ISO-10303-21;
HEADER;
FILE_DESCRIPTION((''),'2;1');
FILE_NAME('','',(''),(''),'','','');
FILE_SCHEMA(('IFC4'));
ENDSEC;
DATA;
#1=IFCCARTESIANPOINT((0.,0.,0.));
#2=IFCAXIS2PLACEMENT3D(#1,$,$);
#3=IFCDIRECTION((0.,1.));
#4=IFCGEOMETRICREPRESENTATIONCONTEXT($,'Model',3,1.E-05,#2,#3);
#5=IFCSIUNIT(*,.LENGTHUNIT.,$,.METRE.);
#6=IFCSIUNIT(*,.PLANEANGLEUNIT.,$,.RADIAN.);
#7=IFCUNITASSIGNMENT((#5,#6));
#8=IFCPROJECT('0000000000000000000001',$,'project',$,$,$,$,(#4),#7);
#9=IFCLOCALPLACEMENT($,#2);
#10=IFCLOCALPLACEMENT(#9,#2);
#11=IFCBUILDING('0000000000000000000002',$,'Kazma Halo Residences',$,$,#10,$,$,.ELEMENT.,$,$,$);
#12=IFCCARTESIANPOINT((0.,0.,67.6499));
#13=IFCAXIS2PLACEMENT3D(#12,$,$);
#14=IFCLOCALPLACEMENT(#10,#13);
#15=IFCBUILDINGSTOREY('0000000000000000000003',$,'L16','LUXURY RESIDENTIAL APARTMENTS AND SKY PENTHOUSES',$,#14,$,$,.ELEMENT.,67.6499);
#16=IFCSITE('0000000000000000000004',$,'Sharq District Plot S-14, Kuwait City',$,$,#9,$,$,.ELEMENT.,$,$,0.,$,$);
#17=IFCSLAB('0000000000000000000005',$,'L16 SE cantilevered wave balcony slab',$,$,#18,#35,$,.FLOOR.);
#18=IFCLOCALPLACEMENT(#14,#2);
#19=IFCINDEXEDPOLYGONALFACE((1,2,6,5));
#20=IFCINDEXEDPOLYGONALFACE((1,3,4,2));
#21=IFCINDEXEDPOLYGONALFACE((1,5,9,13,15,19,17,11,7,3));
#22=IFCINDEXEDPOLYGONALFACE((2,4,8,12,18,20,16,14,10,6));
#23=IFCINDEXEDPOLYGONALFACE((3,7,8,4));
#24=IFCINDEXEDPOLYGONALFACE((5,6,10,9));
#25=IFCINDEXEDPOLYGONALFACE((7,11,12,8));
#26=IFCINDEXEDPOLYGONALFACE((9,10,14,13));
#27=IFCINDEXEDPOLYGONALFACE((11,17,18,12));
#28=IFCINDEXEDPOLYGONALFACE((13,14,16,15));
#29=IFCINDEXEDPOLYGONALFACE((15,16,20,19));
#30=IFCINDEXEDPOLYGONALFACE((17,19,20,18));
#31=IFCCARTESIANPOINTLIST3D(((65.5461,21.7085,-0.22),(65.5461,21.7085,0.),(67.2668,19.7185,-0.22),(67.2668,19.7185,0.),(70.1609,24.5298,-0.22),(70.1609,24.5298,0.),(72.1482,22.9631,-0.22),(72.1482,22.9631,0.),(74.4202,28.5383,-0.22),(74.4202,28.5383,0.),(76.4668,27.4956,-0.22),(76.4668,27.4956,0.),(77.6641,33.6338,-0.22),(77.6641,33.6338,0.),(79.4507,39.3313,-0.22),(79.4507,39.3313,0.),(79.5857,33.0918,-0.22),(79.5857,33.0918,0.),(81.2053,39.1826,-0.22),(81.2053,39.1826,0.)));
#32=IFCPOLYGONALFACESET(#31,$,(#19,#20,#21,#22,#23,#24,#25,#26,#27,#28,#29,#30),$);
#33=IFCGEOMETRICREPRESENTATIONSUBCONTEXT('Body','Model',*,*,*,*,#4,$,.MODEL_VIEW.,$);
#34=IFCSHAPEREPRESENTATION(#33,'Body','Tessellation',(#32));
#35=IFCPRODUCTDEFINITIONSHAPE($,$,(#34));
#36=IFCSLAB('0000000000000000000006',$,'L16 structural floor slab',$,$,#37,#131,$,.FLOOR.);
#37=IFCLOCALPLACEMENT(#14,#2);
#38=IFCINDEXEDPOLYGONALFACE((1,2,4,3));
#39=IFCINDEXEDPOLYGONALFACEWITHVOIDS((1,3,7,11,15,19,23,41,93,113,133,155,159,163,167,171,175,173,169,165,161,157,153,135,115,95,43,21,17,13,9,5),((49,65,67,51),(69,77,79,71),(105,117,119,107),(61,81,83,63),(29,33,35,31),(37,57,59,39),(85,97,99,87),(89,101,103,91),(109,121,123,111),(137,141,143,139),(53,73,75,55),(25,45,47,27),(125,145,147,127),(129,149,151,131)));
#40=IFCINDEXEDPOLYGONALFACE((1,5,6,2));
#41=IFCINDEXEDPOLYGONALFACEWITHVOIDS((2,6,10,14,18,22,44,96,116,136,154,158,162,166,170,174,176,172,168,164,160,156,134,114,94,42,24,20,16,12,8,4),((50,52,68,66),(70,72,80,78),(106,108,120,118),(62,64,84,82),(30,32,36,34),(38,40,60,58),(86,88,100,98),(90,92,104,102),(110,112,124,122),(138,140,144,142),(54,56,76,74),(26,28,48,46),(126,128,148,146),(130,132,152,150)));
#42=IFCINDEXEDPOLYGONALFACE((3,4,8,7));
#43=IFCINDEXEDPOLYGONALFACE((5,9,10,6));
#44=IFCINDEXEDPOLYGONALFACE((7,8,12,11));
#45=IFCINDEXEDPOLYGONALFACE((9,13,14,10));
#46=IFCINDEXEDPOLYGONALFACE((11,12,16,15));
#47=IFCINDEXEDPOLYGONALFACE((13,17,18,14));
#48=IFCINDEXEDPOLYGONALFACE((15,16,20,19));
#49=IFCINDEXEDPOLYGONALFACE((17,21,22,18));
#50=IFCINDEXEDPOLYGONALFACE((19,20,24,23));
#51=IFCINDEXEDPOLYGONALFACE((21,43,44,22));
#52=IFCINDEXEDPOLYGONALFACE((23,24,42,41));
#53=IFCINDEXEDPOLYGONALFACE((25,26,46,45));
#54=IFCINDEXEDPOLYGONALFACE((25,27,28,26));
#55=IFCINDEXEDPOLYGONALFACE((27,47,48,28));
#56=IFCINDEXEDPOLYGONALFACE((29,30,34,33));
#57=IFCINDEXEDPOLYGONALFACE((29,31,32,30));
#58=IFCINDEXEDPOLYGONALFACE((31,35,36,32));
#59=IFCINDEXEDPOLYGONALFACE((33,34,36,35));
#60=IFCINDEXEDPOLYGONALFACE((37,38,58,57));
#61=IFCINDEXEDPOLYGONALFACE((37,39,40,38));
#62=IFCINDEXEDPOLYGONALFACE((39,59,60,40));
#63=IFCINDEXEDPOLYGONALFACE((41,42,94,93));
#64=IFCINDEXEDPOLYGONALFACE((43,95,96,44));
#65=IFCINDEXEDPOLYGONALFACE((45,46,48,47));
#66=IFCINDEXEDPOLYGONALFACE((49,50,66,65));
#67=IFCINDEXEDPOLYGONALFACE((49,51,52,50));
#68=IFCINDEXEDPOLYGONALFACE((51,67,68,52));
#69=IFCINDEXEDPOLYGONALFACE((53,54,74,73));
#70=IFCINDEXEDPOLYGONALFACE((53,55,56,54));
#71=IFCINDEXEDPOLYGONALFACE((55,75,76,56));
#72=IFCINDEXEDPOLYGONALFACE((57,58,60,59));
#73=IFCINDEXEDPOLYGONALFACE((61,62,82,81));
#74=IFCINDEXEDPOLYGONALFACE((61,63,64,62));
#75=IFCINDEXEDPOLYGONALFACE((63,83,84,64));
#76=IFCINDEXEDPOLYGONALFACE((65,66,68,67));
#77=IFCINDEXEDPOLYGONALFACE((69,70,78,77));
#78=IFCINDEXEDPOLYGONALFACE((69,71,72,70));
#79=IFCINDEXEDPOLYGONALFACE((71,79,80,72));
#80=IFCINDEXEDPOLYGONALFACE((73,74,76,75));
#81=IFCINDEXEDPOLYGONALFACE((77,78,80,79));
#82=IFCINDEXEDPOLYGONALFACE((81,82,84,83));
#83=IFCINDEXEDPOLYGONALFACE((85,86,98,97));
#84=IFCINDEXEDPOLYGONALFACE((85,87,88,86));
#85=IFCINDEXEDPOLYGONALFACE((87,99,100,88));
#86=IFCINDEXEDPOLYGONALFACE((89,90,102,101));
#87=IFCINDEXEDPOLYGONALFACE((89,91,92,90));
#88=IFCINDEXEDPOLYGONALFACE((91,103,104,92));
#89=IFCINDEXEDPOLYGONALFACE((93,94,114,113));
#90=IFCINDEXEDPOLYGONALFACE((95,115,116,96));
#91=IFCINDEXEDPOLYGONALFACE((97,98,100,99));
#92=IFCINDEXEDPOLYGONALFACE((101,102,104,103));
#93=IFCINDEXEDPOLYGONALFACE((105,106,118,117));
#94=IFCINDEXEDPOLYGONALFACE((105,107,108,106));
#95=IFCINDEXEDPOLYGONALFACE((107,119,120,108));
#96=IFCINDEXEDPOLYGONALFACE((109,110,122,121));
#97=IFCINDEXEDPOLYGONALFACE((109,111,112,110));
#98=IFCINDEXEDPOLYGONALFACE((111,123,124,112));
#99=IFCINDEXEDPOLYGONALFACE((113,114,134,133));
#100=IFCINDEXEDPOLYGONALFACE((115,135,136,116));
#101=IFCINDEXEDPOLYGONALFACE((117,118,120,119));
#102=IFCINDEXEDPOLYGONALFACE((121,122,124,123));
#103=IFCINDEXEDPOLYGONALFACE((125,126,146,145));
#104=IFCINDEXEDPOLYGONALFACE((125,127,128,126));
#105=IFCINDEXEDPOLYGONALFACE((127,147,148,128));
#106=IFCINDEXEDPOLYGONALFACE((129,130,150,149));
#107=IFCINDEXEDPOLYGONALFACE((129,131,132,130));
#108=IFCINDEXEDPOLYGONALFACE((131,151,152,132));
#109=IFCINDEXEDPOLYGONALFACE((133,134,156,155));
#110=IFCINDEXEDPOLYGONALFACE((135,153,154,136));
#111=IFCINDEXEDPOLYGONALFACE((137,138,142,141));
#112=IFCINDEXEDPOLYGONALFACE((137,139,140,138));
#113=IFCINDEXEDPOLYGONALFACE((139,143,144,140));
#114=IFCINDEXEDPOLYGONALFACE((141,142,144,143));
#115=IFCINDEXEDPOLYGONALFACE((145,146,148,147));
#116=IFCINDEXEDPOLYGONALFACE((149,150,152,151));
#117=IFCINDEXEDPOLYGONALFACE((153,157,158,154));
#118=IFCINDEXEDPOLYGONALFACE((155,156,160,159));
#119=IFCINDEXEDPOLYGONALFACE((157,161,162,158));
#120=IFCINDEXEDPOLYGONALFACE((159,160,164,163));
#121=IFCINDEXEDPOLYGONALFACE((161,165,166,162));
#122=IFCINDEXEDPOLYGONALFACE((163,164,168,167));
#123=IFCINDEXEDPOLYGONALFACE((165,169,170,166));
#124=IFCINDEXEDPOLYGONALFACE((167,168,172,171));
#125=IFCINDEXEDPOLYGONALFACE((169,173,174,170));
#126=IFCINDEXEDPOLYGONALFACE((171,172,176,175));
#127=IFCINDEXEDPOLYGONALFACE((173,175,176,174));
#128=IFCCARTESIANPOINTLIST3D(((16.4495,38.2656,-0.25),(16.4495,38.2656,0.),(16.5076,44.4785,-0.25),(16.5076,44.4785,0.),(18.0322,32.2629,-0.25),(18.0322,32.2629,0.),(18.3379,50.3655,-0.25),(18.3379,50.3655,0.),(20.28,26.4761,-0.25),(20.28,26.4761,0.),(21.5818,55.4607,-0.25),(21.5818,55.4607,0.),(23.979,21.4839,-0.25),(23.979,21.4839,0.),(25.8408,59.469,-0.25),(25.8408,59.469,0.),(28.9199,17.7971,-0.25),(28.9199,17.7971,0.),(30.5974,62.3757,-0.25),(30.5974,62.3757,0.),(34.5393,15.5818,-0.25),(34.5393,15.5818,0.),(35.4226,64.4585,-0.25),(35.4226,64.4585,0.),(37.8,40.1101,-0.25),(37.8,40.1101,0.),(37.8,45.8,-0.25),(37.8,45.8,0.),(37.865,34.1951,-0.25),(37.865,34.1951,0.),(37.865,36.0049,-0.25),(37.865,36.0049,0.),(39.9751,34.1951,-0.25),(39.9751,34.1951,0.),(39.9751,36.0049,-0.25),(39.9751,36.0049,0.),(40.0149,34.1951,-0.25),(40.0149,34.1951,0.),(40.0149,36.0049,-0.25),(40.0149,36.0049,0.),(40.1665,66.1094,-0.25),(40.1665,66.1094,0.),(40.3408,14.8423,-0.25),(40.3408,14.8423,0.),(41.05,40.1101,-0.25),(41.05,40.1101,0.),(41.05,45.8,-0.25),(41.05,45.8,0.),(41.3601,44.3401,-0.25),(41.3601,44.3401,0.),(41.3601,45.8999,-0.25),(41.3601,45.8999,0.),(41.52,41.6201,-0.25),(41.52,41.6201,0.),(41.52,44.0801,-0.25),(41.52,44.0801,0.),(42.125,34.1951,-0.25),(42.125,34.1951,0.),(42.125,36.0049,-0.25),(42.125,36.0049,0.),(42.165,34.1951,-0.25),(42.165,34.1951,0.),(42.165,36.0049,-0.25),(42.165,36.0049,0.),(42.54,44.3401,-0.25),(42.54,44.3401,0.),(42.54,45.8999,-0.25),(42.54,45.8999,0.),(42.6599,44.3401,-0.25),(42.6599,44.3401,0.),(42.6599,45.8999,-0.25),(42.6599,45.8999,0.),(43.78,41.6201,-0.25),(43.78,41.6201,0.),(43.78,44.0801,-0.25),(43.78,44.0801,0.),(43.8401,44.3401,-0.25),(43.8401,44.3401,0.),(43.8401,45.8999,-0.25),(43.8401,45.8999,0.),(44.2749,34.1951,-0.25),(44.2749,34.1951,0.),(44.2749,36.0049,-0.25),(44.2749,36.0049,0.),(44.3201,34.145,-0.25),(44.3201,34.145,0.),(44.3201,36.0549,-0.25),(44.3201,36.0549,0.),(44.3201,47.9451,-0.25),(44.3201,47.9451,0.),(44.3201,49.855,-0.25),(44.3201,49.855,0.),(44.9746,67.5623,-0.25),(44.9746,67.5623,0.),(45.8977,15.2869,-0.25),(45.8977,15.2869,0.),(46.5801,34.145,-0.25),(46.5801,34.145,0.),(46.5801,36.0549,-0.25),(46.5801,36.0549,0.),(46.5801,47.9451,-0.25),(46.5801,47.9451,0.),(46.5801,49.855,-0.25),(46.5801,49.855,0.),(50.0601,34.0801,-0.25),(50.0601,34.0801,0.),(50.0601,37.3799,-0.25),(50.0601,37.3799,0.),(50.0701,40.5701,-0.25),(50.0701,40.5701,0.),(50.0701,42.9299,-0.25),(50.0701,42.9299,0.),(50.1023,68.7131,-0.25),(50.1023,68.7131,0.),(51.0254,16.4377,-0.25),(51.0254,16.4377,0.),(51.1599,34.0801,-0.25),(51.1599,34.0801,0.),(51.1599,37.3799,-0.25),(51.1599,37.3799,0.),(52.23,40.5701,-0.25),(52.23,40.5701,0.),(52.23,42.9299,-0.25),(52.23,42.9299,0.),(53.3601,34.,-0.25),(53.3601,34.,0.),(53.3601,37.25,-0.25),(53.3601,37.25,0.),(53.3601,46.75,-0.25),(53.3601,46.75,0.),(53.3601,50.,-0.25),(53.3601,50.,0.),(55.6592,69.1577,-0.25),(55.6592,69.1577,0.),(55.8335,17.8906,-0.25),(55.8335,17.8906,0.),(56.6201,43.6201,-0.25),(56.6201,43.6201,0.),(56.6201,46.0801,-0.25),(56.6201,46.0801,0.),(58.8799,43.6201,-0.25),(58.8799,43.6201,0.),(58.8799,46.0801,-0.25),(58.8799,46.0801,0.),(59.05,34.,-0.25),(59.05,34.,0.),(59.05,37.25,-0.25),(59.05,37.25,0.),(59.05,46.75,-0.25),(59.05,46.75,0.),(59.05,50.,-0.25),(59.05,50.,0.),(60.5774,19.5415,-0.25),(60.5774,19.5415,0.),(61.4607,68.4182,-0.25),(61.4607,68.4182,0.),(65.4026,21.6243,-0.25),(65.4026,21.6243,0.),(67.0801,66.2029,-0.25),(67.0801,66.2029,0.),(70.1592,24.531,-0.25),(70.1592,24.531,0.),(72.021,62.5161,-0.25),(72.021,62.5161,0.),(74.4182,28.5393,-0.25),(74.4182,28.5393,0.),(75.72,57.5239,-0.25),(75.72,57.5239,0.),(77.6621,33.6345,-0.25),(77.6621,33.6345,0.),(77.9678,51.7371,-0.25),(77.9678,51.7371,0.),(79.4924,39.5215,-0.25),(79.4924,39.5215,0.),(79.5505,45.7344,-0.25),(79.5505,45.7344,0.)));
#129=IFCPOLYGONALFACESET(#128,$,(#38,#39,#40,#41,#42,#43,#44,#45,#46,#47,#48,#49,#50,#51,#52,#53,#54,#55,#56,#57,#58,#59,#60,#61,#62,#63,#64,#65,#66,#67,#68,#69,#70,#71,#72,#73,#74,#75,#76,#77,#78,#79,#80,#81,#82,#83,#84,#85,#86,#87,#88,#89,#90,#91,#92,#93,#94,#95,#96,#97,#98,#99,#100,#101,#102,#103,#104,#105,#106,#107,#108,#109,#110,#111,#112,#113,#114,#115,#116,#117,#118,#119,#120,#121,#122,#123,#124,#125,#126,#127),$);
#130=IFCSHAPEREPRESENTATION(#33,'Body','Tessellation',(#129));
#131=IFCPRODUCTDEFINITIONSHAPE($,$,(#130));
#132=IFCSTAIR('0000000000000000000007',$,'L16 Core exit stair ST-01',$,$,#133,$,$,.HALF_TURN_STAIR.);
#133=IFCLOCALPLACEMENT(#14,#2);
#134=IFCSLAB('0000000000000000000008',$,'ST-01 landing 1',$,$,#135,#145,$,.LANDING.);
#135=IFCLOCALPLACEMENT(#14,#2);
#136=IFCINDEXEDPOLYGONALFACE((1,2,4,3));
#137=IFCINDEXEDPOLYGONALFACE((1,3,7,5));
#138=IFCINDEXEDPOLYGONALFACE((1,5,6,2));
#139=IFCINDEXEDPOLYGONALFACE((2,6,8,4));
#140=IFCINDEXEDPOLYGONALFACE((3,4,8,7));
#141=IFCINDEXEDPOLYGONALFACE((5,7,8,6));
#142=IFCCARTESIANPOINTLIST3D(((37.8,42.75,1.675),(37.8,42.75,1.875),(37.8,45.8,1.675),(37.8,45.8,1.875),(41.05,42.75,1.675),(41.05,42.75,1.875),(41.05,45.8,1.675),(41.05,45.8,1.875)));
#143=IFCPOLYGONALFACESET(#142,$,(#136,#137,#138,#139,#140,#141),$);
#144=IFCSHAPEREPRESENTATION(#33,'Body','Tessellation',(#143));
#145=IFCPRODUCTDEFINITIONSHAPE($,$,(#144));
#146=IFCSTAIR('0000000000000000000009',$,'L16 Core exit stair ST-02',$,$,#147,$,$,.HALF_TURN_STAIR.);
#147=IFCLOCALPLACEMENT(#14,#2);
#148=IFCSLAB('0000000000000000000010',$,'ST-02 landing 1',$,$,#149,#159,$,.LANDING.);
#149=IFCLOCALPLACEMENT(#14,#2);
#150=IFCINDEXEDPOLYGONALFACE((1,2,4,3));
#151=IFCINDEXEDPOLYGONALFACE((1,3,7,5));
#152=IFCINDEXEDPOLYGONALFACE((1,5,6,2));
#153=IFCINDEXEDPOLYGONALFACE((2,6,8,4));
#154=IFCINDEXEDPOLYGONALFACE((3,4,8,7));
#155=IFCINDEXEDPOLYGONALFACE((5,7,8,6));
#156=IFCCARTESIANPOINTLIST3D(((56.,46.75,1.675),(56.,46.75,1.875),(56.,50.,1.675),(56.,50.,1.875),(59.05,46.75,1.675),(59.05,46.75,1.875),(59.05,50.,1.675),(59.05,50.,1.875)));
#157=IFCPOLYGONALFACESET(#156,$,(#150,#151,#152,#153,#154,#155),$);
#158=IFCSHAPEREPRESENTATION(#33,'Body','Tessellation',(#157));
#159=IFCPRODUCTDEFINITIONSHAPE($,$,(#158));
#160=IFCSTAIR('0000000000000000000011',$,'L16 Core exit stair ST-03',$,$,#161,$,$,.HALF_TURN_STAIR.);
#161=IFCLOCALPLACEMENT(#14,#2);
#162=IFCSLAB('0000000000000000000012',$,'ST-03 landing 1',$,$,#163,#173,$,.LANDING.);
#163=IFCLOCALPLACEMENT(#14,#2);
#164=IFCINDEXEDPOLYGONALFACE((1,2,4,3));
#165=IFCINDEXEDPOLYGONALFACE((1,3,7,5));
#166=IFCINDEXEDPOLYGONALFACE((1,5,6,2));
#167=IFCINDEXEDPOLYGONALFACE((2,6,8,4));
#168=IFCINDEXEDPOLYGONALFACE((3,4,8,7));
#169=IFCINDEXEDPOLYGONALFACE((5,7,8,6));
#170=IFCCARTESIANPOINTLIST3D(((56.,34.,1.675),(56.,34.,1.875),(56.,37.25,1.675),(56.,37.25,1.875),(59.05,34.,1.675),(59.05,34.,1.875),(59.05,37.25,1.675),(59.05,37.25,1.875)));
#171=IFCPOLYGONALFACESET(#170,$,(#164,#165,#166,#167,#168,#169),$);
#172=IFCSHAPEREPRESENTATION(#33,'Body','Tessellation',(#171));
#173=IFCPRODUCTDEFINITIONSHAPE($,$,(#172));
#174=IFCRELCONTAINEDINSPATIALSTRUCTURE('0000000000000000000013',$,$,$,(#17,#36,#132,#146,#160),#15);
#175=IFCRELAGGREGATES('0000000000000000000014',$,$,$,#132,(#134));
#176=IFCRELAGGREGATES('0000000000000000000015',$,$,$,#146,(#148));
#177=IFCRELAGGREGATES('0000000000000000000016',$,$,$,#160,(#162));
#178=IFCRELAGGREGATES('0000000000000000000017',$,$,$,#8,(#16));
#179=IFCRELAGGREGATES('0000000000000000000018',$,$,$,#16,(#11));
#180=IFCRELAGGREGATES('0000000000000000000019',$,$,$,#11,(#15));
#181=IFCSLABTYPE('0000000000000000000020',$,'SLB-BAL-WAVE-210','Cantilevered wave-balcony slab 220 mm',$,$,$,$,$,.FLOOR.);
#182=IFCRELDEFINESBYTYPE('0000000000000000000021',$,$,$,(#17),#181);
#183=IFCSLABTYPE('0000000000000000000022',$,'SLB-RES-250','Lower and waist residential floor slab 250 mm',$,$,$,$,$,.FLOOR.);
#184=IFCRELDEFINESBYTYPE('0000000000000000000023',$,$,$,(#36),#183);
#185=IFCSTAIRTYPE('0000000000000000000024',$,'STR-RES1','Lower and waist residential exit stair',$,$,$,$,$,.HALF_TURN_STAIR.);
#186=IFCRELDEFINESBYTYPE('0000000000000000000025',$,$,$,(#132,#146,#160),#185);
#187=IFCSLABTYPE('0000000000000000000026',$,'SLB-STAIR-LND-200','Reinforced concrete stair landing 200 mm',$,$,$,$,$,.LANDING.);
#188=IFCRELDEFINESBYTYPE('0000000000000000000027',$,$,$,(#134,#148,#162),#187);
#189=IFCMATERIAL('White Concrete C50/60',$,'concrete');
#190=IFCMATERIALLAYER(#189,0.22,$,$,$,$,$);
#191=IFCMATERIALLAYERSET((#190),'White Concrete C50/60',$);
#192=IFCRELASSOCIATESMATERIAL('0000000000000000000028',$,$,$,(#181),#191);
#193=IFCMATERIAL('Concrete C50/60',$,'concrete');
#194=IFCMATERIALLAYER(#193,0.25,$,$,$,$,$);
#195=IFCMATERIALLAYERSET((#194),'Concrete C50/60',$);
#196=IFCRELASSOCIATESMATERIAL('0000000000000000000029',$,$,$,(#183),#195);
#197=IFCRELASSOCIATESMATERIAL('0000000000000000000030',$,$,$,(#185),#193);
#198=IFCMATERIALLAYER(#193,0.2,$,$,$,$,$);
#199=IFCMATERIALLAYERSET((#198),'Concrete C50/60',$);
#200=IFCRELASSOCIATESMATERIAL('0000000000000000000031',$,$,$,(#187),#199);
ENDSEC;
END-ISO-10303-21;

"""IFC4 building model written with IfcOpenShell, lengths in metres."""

from ifc_helpers import new_model, si_unit, direction, frame, origin, place, context, subcontext, project, spatial, polyline, outline, extrude, material, layer, layer_set, type_object, element, aggregate, save


model = new_model("IFC4")

# Units and contexts
model_context = context("Model", 3, precision=1e-05, world=origin(), true_north=direction((0.0, 1.0)))
body_context = subcontext(model_context, "Body", "Model", "MODEL_VIEW")
ifc_project = project(units=[si_unit("LENGTHUNIT", "METRE"), si_unit("PLANEANGLEUNIT", "RADIAN")], contexts=[model_context])

# Site, building, storey
site_placement = place(None, origin())
site = spatial("IfcSite", under=ifc_project, at=site_placement, Name="Sharq District Plot S-14, Kuwait City", CompositionType="ELEMENT", RefElevation=0.0)
building_placement = place(site_placement, origin())
building = spatial("IfcBuilding", under=site, at=building_placement, Name="Kazma Halo Residences", CompositionType="ELEMENT")
storey_placement = place(building_placement, frame((0.0, 0.0, 67.6499)))
storey = spatial("IfcBuildingStorey", under=building, at=storey_placement, Name="L16", Description="LUXURY RESIDENTIAL APARTMENTS AND SKY PENTHOUSES", CompositionType="ELEMENT", Elevation=67.6499)

# Slabs
ifc_material_1 = material(Name="White Concrete C50/60", Category="concrete")
ifc_layer_1 = layer(ifc_material_1, 0.22)
ifc_layer_set_1 = layer_set([ifc_layer_1], Name="White Concrete C50/60")
slab_type_1 = type_object("IfcSlabType", Name="SLB-BAL-WAVE-210", Description="Cantilevered wave-balcony slab 220 mm", PredefinedType="FLOOR", material=ifc_layer_set_1)
slab_1_placement = place(storey_placement, frame((0.0, 0.0, -0.22)))
element("IfcSlab", 1, at=slab_1_placement, inside=storey, type_object=slab_type_1, Name="L16 SE cantilevered wave balcony slab", PredefinedType="FLOOR", context=body_context, shape_type="SweptSolid", body=[
    extrude(outline(polyline([(65.5461, 21.7085), (70.1609, 24.5298), (74.4202, 28.5383), (77.6641, 33.6338), (79.4507, 39.3313), (81.2053, 39.1826), (79.5857, 33.0918), (76.4668, 27.4956), (72.1482, 22.9631), (67.2668, 19.7185), (65.5461, 21.7085)])), origin(), (0.0, 0.0, 1.0), 0.22),
])
ifc_material_2 = material(Name="Concrete C50/60", Category="concrete")
ifc_layer_2 = layer(ifc_material_2, 0.25)
ifc_layer_set_2 = layer_set([ifc_layer_2], Name="Concrete C50/60")
slab_type_2 = type_object("IfcSlabType", Name="SLB-RES-250", Description="Lower and waist residential floor slab 250 mm", PredefinedType="FLOOR", material=ifc_layer_set_2)
slab_2_placement = place(storey_placement, frame((0.0, 0.0, -0.25)))
element("IfcSlab", 2, at=slab_2_placement, inside=storey, type_object=slab_type_2, Name="L16 structural floor slab", PredefinedType="FLOOR", context=body_context, shape_type="SweptSolid", body=[
    extrude(outline(polyline([(77.9678, 51.7371), (75.72, 57.5239), (72.021, 62.5161), (67.0801, 66.2029), (61.4607, 68.4182), (55.6592, 69.1577), (50.1023, 68.7131), (44.9746, 67.5623), (40.1665, 66.1094), (35.4226, 64.4585), (30.5974, 62.3757), (25.8408, 59.469), (21.5818, 55.4607), (18.3379, 50.3655), (16.5076, 44.4785), (16.4495, 38.2656), (18.0322, 32.2629), (20.28, 26.4761), (23.979, 21.4839), (28.9199, 17.7971), (34.5393, 15.5818), (40.3408, 14.8423), (45.8977, 15.2869), (51.0254, 16.4377), (55.8335, 17.8906), (60.5774, 19.5415), (65.4026, 21.6243), (70.1592, 24.531), (74.4182, 28.5393), (77.6621, 33.6345), (79.4924, 39.5215), (79.5505, 45.7344), (77.9678, 51.7371)]), holes=[polyline([(37.8, 40.1101), (41.05, 40.1101), (41.05, 45.8), (37.8, 45.8), (37.8, 40.1101)]), polyline([(53.3601, 46.75), (59.05, 46.75), (59.05, 50.0), (53.3601, 50.0), (53.3601, 46.75)]), polyline([(53.3601, 34.0), (59.05, 34.0), (59.05, 37.25), (53.3601, 37.25), (53.3601, 34.0)]), polyline([(41.52, 41.6201), (43.78, 41.6201), (43.78, 44.0801), (41.52, 44.0801), (41.52, 41.6201)]), polyline([(56.6201, 43.6201), (58.8799, 43.6201), (58.8799, 46.0801), (56.6201, 46.0801), (56.6201, 43.6201)]), polyline([(37.865, 34.1951), (39.9751, 34.1951), (39.9751, 36.0049), (37.865, 36.0049), (37.865, 34.1951)]), polyline([(40.0149, 34.1951), (42.125, 34.1951), (42.125, 36.0049), (40.0149, 36.0049), (40.0149, 34.1951)]), polyline([(42.165, 34.1951), (44.2749, 34.1951), (44.2749, 36.0049), (42.165, 36.0049), (42.165, 34.1951)]), polyline([(44.3201, 47.9451), (46.5801, 47.9451), (46.5801, 49.855), (44.3201, 49.855), (44.3201, 47.9451)]), polyline([(44.3201, 34.145), (46.5801, 34.145), (46.5801, 36.0549), (44.3201, 36.0549), (44.3201, 34.145)]), polyline([(50.0701, 40.5701), (52.23, 40.5701), (52.23, 42.9299), (50.0701, 42.9299), (50.0701, 40.5701)]), polyline([(41.3601, 44.3401), (42.54, 44.3401), (42.54, 45.8999), (41.3601, 45.8999), (41.3601, 44.3401)]), polyline([(42.6599, 44.3401), (43.8401, 44.3401), (43.8401, 45.8999), (42.6599, 45.8999), (42.6599, 44.3401)]), polyline([(50.0601, 34.0801), (51.1599, 34.0801), (51.1599, 37.3799), (50.0601, 37.3799), (50.0601, 34.0801)])]), origin(), (0.0, 0.0, 1.0), 0.25),
])

# Stairs, slabs
stair_type = type_object("IfcStairType", Name="STR-RES1", Description="Lower and waist residential exit stair", PredefinedType="HALF_TURN_STAIR", material=ifc_material_2)
stair_1_placement = place(storey_placement, origin())
stair_1 = element("IfcStair", 3, at=stair_1_placement, inside=storey, type_object=stair_type, Name="L16 Core exit stair ST-01", PredefinedType="HALF_TURN_STAIR")
ifc_layer_3 = layer(ifc_material_2, 0.2)
ifc_layer_set_3 = layer_set([ifc_layer_3], Name="Concrete C50/60")
slab_type_3 = type_object("IfcSlabType", Name="SLB-STAIR-LND-200", Description="Reinforced concrete stair landing 200 mm", PredefinedType="LANDING", material=ifc_layer_set_3)
slab_3_placement = place(storey_placement, frame((0.0, 0.0, 1.675)))
slab_3 = element("IfcSlab", 4, at=slab_3_placement, type_object=slab_type_3, Name="ST-01 landing 1", PredefinedType="LANDING", context=body_context, shape_type="SweptSolid", body=[
    extrude(outline(polyline([(41.05, 42.75), (41.05, 45.8), (37.8, 45.8), (37.8, 42.75), (41.05, 42.75)])), origin(), (0.0, 0.0, 1.0), 0.2),
])
aggregate(stair_1, [slab_3])
stair_2_placement = place(storey_placement, origin())
stair_2 = element("IfcStair", 5, at=stair_2_placement, inside=storey, type_object=stair_type, Name="L16 Core exit stair ST-02", PredefinedType="HALF_TURN_STAIR")
slab_4_placement = place(storey_placement, frame((0.0, 0.0, 1.675)))
slab_4 = element("IfcSlab", 6, at=slab_4_placement, type_object=slab_type_3, Name="ST-02 landing 1", PredefinedType="LANDING", context=body_context, shape_type="SweptSolid", body=[
    extrude(outline(polyline([(56.0, 46.75), (59.05, 46.75), (59.05, 50.0), (56.0, 50.0), (56.0, 46.75)])), origin(), (0.0, 0.0, 1.0), 0.2),
])
aggregate(stair_2, [slab_4])
stair_3_placement = place(storey_placement, origin())
stair_3 = element("IfcStair", 7, at=stair_3_placement, inside=storey, type_object=stair_type, Name="L16 Core exit stair ST-03", PredefinedType="HALF_TURN_STAIR")
slab_5_placement = place(storey_placement, frame((0.0, 0.0, 1.675)))
slab_5 = element("IfcSlab", 8, at=slab_5_placement, type_object=slab_type_3, Name="ST-03 landing 1", PredefinedType="LANDING", context=body_context, shape_type="SweptSolid", body=[
    extrude(outline(polyline([(56.0, 34.0), (59.05, 34.0), (59.05, 37.25), (56.0, 37.25), (56.0, 34.0)])), origin(), (0.0, 0.0, 1.0), 0.2),
])
aggregate(stair_3, [slab_5])

save(model, "model.ifc")
